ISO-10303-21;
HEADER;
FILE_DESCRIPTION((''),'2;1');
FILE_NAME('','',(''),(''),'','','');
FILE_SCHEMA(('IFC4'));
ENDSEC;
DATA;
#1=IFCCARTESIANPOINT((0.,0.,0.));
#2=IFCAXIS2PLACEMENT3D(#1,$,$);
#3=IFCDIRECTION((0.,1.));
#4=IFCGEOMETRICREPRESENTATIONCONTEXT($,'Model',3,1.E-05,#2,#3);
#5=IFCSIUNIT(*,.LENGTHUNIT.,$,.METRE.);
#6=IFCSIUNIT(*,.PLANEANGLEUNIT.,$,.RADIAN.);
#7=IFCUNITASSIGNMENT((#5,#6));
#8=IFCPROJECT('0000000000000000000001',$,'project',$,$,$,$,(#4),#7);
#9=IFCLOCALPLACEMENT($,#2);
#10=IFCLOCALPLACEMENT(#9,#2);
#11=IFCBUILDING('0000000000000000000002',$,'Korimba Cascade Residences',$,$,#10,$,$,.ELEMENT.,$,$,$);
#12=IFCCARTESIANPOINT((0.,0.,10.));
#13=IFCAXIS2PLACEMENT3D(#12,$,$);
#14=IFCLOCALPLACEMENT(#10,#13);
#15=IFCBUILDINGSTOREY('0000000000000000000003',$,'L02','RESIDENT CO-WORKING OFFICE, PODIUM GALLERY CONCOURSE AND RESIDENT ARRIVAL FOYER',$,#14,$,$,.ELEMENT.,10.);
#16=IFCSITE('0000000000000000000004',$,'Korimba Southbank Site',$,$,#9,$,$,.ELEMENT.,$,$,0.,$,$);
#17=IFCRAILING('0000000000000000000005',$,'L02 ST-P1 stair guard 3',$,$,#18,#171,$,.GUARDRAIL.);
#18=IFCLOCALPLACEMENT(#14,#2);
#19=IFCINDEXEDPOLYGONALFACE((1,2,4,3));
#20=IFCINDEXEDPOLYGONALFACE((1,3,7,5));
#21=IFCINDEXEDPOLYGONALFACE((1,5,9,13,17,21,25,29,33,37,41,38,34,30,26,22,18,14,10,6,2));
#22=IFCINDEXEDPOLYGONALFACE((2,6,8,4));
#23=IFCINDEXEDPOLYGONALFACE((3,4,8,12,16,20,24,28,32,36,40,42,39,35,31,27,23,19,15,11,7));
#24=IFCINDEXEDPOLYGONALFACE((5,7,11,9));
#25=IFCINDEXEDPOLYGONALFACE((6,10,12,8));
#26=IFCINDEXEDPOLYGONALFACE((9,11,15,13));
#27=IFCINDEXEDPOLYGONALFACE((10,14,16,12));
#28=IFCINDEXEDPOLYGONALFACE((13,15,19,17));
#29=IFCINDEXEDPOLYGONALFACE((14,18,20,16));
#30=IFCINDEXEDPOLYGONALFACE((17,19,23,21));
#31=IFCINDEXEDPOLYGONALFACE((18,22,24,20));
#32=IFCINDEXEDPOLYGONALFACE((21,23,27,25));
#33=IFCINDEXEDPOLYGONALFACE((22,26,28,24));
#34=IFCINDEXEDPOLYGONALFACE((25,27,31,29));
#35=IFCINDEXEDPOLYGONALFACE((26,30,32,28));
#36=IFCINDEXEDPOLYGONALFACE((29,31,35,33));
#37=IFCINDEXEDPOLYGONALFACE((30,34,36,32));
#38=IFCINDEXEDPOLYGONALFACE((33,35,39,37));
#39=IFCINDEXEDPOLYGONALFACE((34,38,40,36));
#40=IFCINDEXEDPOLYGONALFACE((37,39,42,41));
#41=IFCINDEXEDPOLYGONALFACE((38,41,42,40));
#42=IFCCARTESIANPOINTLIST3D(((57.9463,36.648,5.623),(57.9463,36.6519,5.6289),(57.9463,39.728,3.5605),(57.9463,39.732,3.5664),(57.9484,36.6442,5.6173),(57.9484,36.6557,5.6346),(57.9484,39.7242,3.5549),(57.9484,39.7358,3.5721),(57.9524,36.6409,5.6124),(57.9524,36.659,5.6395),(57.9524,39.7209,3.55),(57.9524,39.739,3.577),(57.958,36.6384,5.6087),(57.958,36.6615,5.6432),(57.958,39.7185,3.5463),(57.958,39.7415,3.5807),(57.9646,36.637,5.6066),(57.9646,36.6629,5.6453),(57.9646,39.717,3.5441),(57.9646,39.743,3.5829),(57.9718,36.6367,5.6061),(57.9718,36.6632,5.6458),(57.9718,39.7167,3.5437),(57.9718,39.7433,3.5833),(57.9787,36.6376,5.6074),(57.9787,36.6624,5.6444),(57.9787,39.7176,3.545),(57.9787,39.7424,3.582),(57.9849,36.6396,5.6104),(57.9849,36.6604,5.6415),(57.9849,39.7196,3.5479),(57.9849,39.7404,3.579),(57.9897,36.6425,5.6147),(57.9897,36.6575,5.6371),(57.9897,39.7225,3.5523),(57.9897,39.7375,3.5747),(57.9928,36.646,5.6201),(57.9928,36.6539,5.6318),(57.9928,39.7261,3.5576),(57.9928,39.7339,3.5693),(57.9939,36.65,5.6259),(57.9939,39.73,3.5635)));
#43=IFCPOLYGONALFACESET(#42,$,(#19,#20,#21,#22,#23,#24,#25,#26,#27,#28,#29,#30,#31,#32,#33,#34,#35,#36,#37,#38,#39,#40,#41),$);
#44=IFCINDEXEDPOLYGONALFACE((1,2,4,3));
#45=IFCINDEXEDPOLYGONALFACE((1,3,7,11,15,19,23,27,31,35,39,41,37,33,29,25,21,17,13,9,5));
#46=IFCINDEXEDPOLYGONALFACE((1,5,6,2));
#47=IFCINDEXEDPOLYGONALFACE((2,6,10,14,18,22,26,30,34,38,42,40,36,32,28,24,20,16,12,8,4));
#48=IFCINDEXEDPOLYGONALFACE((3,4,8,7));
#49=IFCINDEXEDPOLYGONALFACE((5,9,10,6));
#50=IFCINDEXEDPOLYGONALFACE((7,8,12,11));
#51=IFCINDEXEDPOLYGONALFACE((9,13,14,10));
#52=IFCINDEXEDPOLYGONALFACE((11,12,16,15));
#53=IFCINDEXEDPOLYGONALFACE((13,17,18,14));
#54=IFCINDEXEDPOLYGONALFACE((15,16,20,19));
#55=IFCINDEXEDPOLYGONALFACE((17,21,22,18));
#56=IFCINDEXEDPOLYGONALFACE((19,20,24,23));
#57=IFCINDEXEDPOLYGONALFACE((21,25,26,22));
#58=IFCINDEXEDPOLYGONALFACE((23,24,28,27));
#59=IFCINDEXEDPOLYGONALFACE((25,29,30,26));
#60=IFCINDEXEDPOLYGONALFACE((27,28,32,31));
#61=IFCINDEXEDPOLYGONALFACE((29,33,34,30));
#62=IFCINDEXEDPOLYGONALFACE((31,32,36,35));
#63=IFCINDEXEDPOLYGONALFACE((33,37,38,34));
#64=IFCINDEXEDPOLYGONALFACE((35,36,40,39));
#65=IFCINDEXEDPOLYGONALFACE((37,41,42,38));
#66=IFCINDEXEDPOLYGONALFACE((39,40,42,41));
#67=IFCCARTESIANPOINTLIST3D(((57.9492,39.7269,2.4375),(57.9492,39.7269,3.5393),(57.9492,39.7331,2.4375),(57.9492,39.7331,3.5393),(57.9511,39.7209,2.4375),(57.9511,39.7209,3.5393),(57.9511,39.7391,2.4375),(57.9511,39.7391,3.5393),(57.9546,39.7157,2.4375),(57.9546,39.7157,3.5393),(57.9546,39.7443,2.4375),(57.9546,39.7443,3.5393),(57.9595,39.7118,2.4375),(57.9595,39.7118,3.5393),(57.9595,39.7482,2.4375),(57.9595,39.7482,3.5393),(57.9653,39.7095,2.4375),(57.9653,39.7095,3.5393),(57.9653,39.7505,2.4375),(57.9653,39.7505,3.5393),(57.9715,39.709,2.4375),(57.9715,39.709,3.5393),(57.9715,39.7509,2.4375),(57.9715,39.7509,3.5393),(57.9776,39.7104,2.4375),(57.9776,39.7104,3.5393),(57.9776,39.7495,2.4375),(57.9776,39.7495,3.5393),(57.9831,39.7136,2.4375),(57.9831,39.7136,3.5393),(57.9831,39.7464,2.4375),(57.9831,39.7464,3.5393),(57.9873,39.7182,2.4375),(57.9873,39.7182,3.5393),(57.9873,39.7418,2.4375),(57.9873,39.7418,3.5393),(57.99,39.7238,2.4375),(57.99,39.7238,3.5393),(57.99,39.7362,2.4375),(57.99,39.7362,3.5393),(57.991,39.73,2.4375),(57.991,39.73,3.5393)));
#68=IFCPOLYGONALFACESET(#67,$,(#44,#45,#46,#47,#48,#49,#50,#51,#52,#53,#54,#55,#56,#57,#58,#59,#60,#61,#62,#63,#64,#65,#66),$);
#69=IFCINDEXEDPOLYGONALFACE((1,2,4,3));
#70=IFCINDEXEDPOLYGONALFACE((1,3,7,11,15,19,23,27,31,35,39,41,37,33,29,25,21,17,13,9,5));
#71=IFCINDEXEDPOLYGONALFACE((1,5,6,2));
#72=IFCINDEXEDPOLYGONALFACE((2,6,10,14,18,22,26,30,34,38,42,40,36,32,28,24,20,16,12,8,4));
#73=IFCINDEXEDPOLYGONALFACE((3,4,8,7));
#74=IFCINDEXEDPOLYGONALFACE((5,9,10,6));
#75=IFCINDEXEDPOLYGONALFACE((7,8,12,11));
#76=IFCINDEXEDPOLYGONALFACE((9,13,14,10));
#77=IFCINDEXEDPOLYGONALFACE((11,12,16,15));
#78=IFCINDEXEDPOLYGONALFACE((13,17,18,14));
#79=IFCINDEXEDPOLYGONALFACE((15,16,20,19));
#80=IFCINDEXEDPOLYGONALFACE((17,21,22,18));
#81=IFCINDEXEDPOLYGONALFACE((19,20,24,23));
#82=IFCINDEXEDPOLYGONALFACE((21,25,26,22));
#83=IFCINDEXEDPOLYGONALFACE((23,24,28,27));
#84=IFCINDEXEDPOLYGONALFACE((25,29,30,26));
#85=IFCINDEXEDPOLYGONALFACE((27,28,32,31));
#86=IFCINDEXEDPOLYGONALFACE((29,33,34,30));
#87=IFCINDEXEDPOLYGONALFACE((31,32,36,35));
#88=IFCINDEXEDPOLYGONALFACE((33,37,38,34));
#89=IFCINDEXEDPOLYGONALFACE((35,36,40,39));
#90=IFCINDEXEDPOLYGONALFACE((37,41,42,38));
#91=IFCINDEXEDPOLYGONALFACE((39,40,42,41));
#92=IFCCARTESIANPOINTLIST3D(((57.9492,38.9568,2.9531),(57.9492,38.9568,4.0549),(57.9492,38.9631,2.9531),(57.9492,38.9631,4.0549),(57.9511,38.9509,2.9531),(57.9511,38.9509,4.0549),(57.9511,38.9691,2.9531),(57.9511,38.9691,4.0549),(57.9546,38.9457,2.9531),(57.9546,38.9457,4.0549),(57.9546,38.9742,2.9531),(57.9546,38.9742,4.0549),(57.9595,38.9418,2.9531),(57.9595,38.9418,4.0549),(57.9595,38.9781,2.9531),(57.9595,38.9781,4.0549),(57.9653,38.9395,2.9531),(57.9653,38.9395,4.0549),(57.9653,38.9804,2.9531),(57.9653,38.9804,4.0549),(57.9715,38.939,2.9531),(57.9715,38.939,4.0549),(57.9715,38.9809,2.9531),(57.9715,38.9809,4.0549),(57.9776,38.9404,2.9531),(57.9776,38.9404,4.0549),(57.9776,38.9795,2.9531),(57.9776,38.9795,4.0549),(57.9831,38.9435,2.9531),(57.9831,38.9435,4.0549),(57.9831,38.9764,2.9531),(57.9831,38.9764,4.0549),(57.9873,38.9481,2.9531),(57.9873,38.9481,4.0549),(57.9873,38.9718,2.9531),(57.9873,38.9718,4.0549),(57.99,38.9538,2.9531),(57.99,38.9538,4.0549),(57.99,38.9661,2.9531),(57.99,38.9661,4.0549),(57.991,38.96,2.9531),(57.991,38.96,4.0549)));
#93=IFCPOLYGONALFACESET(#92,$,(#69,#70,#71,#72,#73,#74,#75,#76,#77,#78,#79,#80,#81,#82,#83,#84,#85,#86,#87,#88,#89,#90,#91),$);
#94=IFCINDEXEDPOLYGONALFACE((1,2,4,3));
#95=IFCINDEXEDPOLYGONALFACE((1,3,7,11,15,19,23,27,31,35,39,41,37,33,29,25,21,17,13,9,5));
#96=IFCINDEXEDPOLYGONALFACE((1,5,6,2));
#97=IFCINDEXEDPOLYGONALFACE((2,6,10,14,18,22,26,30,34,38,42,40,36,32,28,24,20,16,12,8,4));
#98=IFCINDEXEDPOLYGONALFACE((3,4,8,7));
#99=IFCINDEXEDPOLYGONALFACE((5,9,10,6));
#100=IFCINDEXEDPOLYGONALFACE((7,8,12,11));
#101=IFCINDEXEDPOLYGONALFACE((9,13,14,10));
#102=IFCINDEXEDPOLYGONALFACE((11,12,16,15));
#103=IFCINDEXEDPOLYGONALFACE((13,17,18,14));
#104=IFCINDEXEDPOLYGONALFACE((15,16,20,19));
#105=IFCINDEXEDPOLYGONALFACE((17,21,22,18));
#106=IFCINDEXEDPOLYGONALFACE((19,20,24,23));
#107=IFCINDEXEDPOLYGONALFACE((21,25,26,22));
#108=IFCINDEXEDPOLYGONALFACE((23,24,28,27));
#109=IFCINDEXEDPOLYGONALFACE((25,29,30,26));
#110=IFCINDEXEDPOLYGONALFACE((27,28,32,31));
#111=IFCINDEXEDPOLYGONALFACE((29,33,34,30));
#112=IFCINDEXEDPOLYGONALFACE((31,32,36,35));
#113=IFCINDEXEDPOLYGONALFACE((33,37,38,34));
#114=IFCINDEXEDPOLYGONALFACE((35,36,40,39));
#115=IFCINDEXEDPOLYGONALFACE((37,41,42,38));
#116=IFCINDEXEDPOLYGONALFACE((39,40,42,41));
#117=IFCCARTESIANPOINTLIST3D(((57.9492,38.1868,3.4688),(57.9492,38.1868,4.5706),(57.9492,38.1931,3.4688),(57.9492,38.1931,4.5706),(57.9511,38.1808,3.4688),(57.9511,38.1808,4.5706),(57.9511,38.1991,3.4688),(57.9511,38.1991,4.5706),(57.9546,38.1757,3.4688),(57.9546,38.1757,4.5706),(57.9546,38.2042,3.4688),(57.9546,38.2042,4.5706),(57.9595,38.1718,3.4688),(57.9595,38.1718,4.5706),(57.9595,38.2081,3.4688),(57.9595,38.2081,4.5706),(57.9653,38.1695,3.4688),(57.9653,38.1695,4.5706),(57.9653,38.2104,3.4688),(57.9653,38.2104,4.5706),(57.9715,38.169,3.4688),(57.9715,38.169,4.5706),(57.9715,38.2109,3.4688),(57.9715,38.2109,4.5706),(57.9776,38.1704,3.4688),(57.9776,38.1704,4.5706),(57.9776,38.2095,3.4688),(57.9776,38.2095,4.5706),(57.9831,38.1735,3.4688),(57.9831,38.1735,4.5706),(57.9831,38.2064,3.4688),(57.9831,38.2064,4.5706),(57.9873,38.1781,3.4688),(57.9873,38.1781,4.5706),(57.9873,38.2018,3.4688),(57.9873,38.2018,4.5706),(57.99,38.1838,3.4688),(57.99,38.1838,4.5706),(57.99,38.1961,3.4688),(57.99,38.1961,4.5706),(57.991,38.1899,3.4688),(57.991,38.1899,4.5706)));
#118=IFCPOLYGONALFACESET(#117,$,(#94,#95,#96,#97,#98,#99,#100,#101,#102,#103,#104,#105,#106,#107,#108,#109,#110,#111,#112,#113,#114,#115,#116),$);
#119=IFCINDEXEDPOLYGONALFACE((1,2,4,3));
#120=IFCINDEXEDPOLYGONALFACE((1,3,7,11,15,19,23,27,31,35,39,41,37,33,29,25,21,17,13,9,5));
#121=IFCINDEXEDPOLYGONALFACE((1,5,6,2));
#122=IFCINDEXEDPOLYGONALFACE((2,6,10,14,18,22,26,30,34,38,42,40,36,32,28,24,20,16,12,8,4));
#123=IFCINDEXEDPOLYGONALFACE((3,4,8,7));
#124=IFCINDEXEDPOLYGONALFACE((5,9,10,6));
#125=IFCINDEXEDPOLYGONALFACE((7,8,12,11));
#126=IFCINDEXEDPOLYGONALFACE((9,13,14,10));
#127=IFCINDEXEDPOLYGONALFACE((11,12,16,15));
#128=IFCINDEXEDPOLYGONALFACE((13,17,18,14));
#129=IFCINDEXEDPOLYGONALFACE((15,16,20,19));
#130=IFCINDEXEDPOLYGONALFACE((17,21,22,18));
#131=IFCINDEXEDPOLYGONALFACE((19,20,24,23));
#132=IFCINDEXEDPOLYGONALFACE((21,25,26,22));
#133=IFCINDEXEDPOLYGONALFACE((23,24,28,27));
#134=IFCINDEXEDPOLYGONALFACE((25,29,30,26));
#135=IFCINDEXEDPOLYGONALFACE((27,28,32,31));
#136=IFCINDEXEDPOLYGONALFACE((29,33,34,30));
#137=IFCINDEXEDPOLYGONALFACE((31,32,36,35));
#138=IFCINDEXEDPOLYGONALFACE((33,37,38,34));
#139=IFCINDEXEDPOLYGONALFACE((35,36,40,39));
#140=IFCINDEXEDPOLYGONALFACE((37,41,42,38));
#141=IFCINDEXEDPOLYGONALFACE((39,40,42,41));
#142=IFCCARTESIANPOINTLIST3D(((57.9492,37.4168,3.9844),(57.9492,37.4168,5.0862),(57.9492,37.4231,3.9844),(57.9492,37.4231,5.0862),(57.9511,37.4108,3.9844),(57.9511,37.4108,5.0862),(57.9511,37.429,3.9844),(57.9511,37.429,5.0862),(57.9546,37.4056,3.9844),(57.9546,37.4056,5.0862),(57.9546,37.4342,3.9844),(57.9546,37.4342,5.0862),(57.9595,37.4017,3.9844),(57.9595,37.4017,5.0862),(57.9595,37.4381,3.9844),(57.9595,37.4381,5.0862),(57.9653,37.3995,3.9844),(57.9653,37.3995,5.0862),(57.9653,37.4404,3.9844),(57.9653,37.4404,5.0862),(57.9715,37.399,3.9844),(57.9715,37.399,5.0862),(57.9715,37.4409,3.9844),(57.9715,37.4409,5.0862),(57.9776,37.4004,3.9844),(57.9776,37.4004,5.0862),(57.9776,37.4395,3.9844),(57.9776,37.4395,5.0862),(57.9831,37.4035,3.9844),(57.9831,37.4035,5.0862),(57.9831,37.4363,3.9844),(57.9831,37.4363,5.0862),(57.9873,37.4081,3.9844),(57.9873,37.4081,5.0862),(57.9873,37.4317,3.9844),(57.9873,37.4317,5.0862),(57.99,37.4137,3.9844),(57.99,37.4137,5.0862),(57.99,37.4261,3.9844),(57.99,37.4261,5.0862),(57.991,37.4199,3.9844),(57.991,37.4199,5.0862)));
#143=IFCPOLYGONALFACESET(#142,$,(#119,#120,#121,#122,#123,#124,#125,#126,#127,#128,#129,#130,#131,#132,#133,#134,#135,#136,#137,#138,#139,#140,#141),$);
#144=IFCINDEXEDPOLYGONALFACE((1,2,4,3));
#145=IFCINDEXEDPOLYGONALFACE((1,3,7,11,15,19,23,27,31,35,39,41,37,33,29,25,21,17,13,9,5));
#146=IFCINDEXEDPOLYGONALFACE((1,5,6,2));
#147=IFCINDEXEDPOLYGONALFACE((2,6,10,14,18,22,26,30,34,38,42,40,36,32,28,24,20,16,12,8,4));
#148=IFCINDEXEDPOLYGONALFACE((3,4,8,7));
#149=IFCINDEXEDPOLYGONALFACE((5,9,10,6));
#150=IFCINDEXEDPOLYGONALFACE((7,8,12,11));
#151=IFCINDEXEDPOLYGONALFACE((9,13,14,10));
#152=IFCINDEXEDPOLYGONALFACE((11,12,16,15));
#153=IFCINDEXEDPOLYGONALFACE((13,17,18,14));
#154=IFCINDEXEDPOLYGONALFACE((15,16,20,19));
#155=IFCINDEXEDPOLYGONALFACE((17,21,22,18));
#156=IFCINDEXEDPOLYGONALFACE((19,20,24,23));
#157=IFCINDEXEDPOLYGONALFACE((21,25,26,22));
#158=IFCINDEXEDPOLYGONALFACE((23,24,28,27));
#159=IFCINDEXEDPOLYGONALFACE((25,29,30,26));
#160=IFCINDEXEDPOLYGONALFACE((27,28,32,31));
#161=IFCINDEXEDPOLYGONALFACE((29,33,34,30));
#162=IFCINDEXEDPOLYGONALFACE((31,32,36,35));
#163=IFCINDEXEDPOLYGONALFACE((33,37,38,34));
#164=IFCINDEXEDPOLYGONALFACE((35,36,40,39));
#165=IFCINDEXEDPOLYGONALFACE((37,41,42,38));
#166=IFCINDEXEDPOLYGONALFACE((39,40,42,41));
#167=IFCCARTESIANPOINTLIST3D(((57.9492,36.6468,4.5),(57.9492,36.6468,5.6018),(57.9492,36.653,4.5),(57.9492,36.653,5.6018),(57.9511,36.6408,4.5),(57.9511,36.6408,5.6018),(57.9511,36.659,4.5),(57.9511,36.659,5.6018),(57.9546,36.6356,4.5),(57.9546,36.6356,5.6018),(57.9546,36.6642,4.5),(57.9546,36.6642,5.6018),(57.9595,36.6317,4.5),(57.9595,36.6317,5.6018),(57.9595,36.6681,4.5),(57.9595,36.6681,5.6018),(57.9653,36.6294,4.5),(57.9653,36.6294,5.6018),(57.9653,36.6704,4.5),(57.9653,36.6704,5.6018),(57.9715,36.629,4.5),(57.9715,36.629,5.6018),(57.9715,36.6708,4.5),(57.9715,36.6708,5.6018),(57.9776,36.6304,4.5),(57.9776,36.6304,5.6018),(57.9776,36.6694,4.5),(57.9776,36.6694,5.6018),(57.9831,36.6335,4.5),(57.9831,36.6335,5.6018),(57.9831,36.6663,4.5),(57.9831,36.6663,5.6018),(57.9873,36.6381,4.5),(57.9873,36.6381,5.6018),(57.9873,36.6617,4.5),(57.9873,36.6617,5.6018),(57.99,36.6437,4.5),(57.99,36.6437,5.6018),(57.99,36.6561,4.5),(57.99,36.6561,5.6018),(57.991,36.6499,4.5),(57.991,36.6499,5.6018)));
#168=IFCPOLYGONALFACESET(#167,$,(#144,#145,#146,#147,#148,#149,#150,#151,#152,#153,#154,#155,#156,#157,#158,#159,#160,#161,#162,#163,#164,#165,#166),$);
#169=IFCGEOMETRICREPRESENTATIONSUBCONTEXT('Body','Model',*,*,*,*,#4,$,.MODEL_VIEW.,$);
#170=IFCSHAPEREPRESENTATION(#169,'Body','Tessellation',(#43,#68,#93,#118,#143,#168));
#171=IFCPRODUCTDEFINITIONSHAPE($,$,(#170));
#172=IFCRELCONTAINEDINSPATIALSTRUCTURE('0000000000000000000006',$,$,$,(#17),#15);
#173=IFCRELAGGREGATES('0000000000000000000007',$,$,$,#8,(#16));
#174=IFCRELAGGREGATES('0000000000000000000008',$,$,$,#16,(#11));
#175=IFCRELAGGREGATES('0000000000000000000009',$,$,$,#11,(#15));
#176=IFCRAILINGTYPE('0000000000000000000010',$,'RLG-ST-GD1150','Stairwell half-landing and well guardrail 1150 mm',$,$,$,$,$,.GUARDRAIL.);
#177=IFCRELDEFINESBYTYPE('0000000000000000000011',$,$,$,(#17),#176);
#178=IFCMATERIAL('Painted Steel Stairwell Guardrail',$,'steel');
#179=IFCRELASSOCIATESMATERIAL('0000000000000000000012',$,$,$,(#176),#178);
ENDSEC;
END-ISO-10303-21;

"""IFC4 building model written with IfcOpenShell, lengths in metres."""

from ifc_helpers import new_model, si_unit, direction, frame, origin, origin_2d, place, context, subcontext, project, spatial, circle, extrude, material, type_object, element, save


model = new_model("IFC4")

# Units and contexts
model_context = context("Model", 3, precision=1e-05, world=origin(), true_north=direction((0.0, 1.0)))
body_context = subcontext(model_context, "Body", "Model", "MODEL_VIEW")
ifc_project = project(units=[si_unit("LENGTHUNIT", "METRE"), si_unit("PLANEANGLEUNIT", "RADIAN")], contexts=[model_context])

# Site, building, storey
site_placement = place(None, origin())
site = spatial("IfcSite", under=ifc_project, at=site_placement, Name="Korimba Southbank Site", CompositionType="ELEMENT", RefElevation=0.0)
building_placement = place(site_placement, origin())
building = spatial("IfcBuilding", under=site, at=building_placement, Name="Korimba Cascade Residences", CompositionType="ELEMENT")
storey_placement = place(building_placement, frame((0.0, 0.0, 10.0)))
storey = spatial("IfcBuildingStorey", under=building, at=storey_placement, Name="L02", Description="RESIDENT CO-WORKING OFFICE, PODIUM GALLERY CONCOURSE AND RESIDENT ARRIVAL FOYER", CompositionType="ELEMENT", Elevation=10.0)

# Railing
ifc_material_1 = material(Name="Painted Steel Stairwell Guardrail", Category="steel")
railing_type_1 = type_object("IfcRailingType", Name="RLG-ST-GD1150", Description="Stairwell half-landing and well guardrail 1150 mm", PredefinedType="GUARDRAIL", material=ifc_material_1)
railing_1_placement = place(storey_placement, frame((57.97, 39.73, 2.4375)))
element("IfcRailing", 1, at=railing_1_placement, inside=storey, type_object=railing_type_1, Name="L02 ST-P1 stair guard 3", PredefinedType="GUARDRAIL", context=body_context, shape_type="SweptSolid", body=[
    extrude(circle(Radius=0.0239, at=origin_2d()), frame((0.0, 0.0, 1.126), z_axis=(0.0, -0.830914, 0.556401), x_axis=(1.0, 0.0, 0.0)), (0.0, 0.0, 1.0), 3.7068),
    extrude(circle(Radius=0.021, at=origin_2d()), origin(), (0.0, 0.0, 1.0), 1.1018),
    extrude(circle(Radius=0.021, at=origin_2d()), frame((0.0, -0.77, 0.5156)), (0.0, 0.0, 1.0), 1.1018),
    extrude(circle(Radius=0.021, at=origin_2d()), frame((0.0, -1.54, 1.0312)), (0.0, 0.0, 1.0), 1.1018),
    extrude(circle(Radius=0.021, at=origin_2d()), frame((0.0, -2.3101, 1.5469)), (0.0, 0.0, 1.0), 1.1018),
    extrude(circle(Radius=0.021, at=origin_2d()), frame((0.0, -3.0801, 2.0625)), (0.0, 0.0, 1.0), 1.1018),
])

save(model, "model.ifc")
